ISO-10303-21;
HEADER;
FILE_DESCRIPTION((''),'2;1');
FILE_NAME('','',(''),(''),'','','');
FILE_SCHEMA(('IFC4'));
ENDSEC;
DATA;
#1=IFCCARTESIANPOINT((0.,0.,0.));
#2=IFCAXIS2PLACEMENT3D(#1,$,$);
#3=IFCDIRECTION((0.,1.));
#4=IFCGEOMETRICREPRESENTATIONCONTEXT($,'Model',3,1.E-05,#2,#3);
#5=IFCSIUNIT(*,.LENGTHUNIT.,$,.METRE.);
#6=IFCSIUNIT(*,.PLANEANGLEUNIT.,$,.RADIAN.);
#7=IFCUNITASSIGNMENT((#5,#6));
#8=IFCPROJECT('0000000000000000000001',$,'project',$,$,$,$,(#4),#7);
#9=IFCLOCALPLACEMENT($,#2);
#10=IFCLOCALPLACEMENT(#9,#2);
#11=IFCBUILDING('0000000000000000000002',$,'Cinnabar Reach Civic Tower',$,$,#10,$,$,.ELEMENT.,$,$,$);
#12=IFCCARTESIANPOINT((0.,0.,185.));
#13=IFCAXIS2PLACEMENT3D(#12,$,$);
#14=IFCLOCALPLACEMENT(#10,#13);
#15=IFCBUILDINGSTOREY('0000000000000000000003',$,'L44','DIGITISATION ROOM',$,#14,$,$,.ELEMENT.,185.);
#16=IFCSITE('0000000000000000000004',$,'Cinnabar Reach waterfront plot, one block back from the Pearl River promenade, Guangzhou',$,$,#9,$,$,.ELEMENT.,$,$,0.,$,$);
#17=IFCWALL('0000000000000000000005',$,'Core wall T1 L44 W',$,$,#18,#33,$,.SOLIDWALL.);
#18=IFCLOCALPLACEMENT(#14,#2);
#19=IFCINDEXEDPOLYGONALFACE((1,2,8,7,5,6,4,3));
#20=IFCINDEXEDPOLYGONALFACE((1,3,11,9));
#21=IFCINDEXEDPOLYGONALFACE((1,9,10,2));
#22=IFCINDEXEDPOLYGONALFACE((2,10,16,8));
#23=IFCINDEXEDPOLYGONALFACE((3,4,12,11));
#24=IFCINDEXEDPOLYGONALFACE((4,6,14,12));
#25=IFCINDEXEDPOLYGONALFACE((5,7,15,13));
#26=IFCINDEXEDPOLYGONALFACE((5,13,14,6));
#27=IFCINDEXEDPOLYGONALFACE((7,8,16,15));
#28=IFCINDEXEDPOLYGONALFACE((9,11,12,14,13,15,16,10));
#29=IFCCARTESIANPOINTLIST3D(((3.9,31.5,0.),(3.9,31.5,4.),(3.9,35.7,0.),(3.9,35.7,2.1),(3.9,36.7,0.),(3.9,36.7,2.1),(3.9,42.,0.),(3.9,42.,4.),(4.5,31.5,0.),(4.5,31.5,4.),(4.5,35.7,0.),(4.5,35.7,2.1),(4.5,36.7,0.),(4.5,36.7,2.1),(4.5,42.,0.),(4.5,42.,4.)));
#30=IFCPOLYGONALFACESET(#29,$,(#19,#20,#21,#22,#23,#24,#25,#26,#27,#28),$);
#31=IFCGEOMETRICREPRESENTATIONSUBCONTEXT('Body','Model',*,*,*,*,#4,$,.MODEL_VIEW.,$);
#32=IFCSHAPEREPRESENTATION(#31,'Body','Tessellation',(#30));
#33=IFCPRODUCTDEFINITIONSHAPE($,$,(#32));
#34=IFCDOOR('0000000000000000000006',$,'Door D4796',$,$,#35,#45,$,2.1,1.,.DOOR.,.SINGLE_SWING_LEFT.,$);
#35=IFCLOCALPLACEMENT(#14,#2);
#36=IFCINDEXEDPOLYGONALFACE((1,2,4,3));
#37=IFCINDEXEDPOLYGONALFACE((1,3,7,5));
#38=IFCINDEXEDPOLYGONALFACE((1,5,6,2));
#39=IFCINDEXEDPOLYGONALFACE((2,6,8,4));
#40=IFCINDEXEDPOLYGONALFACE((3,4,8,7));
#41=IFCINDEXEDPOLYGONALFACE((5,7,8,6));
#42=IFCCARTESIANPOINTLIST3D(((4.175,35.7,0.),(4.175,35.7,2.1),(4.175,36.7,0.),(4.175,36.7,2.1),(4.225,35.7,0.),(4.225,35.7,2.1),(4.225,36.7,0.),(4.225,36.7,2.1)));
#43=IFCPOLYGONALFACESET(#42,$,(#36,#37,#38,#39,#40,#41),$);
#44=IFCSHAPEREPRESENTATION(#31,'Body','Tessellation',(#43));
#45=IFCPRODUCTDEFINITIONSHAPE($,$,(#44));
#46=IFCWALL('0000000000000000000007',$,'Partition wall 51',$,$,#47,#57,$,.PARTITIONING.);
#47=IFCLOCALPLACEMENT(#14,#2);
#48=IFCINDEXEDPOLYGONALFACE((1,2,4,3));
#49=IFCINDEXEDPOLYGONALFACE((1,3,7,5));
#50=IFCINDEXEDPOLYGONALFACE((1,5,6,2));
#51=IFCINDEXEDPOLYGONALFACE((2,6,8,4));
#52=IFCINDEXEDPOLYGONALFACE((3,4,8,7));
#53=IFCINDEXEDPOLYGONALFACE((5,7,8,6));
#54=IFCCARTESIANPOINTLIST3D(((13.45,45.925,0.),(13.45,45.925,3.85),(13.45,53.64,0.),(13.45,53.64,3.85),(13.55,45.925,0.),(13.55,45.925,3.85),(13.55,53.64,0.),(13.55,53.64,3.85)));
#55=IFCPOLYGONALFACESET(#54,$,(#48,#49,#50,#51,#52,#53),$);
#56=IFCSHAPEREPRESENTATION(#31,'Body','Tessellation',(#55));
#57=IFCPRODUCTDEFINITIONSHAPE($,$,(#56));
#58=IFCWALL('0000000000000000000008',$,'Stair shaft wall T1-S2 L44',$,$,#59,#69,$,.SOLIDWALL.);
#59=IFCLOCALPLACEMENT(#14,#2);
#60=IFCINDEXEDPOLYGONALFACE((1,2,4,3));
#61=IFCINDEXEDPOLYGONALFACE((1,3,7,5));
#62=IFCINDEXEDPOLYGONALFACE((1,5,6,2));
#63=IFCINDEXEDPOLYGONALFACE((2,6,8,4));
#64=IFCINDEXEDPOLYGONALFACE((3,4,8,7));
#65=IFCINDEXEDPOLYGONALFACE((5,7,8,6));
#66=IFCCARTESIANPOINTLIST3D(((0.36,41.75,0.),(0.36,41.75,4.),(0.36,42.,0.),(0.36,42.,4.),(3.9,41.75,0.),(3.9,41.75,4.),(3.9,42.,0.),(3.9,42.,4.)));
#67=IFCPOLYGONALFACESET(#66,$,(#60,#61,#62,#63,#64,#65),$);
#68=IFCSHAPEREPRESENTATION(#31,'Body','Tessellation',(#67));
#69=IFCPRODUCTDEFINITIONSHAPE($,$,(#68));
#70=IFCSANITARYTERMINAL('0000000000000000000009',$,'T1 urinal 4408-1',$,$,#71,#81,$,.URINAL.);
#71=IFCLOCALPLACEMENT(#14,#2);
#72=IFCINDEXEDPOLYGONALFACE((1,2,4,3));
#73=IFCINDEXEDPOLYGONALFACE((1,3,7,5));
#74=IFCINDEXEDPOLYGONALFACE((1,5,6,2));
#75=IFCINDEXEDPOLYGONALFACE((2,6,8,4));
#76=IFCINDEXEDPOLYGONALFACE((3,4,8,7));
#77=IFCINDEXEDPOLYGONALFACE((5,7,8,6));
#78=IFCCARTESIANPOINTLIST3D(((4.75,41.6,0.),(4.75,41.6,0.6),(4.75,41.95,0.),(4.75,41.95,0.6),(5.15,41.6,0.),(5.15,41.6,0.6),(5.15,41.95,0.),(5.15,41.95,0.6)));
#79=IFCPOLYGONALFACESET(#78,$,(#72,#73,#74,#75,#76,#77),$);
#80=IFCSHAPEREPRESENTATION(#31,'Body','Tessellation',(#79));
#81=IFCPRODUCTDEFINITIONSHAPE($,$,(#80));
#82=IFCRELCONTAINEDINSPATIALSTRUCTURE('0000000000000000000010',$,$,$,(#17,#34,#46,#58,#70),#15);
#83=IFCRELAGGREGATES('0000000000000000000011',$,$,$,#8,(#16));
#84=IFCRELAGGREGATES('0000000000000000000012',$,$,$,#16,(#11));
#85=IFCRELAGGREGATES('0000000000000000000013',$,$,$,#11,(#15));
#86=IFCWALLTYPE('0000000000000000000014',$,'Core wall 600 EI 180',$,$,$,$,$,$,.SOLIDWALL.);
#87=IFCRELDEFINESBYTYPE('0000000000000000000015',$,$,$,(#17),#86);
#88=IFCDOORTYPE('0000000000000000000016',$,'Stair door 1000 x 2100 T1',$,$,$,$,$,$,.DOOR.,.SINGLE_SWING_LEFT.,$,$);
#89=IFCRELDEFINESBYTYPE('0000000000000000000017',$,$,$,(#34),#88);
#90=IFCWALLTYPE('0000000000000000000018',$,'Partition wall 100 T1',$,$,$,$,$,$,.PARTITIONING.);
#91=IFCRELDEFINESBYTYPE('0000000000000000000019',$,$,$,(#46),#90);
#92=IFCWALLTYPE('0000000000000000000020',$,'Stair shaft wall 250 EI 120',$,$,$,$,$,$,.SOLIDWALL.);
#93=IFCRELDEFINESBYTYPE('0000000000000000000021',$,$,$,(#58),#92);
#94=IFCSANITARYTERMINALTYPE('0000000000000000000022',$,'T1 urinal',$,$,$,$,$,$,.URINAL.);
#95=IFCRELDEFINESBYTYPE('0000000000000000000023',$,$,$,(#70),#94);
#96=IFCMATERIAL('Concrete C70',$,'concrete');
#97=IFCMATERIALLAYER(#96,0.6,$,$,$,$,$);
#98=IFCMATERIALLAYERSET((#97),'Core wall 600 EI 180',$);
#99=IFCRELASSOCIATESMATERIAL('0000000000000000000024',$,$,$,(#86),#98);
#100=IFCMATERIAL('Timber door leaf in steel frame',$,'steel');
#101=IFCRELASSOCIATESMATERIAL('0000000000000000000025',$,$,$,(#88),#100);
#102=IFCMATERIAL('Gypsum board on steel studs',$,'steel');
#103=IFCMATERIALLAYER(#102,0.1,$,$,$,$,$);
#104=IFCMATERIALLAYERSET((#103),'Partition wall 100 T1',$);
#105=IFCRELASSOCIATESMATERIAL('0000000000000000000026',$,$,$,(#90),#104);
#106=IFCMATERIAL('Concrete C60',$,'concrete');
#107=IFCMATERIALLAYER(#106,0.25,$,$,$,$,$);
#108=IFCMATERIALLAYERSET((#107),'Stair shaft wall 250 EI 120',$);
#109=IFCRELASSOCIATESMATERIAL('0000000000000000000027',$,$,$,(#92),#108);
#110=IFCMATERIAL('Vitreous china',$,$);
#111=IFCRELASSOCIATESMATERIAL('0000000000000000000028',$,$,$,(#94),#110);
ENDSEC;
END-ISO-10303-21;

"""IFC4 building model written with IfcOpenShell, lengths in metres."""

from ifc_helpers import new_model, si_unit, direction, frame, frame_2d, origin, origin_2d, place, context, subcontext, project, spatial, rectangle, extrude, material, layer, layer_set, type_object, element, fill, save


model = new_model("IFC4")

# Units and contexts
model_context = context("Model", 3, precision=1e-05, world=origin(), true_north=direction((0.0, 1.0)))
body_context = subcontext(model_context, "Body", "Model", "MODEL_VIEW")
ifc_project = project(units=[si_unit("LENGTHUNIT", "METRE"), si_unit("PLANEANGLEUNIT", "RADIAN")], contexts=[model_context])

# Site, building, storey
site_placement = place(None, origin())
site = spatial("IfcSite", under=ifc_project, at=site_placement, Name="Cinnabar Reach waterfront plot, one block back from the Pearl River promenade, Guangzhou", CompositionType="ELEMENT", RefElevation=0.0)
building_placement = place(site_placement, origin())
building = spatial("IfcBuilding", under=site, at=building_placement, Name="Cinnabar Reach Civic Tower", CompositionType="ELEMENT")
storey_placement = place(building_placement, frame((0.0, 0.0, 185.0)))
storey = spatial("IfcBuildingStorey", under=building, at=storey_placement, Name="L44", Description="DIGITISATION ROOM", CompositionType="ELEMENT", Elevation=185.0)

# Shared definitions
ifc_material_1 = material(Name="Concrete C70", Category="concrete")

# Wall, opening, door
ifc_layer_1 = layer(ifc_material_1, 0.6)
ifc_layer_set_1 = layer_set([ifc_layer_1], Name="Core wall 600 EI 180")
wall_type_1 = type_object("IfcWallType", Name="Core wall 600 EI 180", PredefinedType="SOLIDWALL", material=ifc_layer_set_1)
wall_1_placement = place(storey_placement, frame((4.2, 42.0, 0.0), z_axis=(0.0, 0.0, 1.0), x_axis=(0.0, -1.0, 0.0)))
wall_1 = element("IfcWall", 1, at=wall_1_placement, inside=storey, type_object=wall_type_1, Name="Core wall T1 L44 W", PredefinedType="SOLIDWALL", context=body_context, shape_type="SweptSolid", body=[
    extrude(rectangle(XDim=10.5, YDim=0.6, at=frame_2d((5.25, 0.0))), origin(), (0.0, 0.0, 1.0), 4.0),
])
opening_placement = place(wall_1_placement, frame((5.3, 0.0, 0.0)))
opening = element("IfcOpeningElement", 2, at=opening_placement, cuts=wall_1, PredefinedType="OPENING", context=body_context, shape_type="SweptSolid", body=[
    extrude(rectangle(XDim=1.0, YDim=2.1, at=frame_2d((0.5, 1.05))), frame((0.0, 0.31, 0.0), z_axis=(0.0, -1.0, 0.0), x_axis=(1.0, 0.0, 0.0)), (0.0, 0.0, 1.0), 0.62),
])
ifc_material_2 = material(Name="Timber door leaf in steel frame", Category="steel")
door_type = type_object("IfcDoorType", Name="Stair door 1000 x 2100 T1", OperationType="SINGLE_SWING_LEFT", PredefinedType="DOOR", material=ifc_material_2)
door_placement = place(opening_placement, frame((1.0, 0.0, 0.0), z_axis=(0.0, 0.0, 1.0), x_axis=(-1.0, 0.0, 0.0)))
door = element("IfcDoor", 3, at=door_placement, inside=storey, type_object=door_type, Name="Door D4796", OperationType="SINGLE_SWING_LEFT", OverallHeight=2.1, OverallWidth=1.0, PredefinedType="DOOR", context=body_context, shape_type="SweptSolid", body=[
    extrude(rectangle(XDim=1.0, YDim=2.1, at=frame_2d((0.5, 1.05))), frame((0.0, 0.025, 0.0), z_axis=(0.0, -1.0, 0.0), x_axis=(1.0, 0.0, 0.0)), (0.0, 0.0, 1.0), 0.05),
])
fill(opening, door)

# Walls
ifc_material_3 = material(Name="Gypsum board on steel studs", Category="steel")
ifc_layer_2 = layer(ifc_material_3, 0.1)
ifc_layer_set_2 = layer_set([ifc_layer_2], Name="Partition wall 100 T1")
wall_type_2 = type_object("IfcWallType", Name="Partition wall 100 T1", PredefinedType="PARTITIONING", material=ifc_layer_set_2)
wall_2_placement = place(storey_placement, frame((13.5, 45.925, 0.0), z_axis=(0.0, 0.0, 1.0), x_axis=(0.0, 1.0, 0.0)))
element("IfcWall", 4, at=wall_2_placement, inside=storey, type_object=wall_type_2, Name="Partition wall 51", PredefinedType="PARTITIONING", context=body_context, shape_type="SweptSolid", body=[
    extrude(rectangle(XDim=7.715, YDim=0.1, at=frame_2d((3.8575, 0.0))), origin(), (0.0, 0.0, 1.0), 3.85),
])
ifc_material_4 = material(Name="Concrete C60", Category="concrete")
ifc_layer_3 = layer(ifc_material_4, 0.25)
ifc_layer_set_3 = layer_set([ifc_layer_3], Name="Stair shaft wall 250 EI 120")
wall_type_3 = type_object("IfcWallType", Name="Stair shaft wall 250 EI 120", PredefinedType="SOLIDWALL", material=ifc_layer_set_3)
wall_3_placement = place(storey_placement, frame((3.9, 41.875, 0.0), z_axis=(0.0, 0.0, 1.0), x_axis=(-1.0, 0.0, 0.0)))
element("IfcWall", 5, at=wall_3_placement, inside=storey, type_object=wall_type_3, Name="Stair shaft wall T1-S2 L44", PredefinedType="SOLIDWALL", context=body_context, shape_type="SweptSolid", body=[
    extrude(rectangle(XDim=3.54, YDim=0.25, at=frame_2d((1.77, 0.0))), origin(), (0.0, 0.0, 1.0), 4.0),
])

# Sanitary terminal
ifc_material_5 = material(Name="Vitreous china")
sanitary_terminal_type = type_object("IfcSanitaryTerminalType", Name="T1 urinal", PredefinedType="URINAL", material=ifc_material_5)
sanitary_terminal_placement = place(storey_placement, frame((4.95, 41.775, 0.0), z_axis=(0.0, 0.0, 1.0), x_axis=(1.0, 0.0, 0.0)))
element("IfcSanitaryTerminal", 6, at=sanitary_terminal_placement, inside=storey, type_object=sanitary_terminal_type, Name="T1 urinal 4408-1", PredefinedType="URINAL", context=body_context, shape_type="SweptSolid", body=[
    extrude(rectangle(XDim=0.4, YDim=0.35, at=origin_2d()), origin(), (0.0, 0.0, 1.0), 0.6),
])

save(model, "model.ifc")
